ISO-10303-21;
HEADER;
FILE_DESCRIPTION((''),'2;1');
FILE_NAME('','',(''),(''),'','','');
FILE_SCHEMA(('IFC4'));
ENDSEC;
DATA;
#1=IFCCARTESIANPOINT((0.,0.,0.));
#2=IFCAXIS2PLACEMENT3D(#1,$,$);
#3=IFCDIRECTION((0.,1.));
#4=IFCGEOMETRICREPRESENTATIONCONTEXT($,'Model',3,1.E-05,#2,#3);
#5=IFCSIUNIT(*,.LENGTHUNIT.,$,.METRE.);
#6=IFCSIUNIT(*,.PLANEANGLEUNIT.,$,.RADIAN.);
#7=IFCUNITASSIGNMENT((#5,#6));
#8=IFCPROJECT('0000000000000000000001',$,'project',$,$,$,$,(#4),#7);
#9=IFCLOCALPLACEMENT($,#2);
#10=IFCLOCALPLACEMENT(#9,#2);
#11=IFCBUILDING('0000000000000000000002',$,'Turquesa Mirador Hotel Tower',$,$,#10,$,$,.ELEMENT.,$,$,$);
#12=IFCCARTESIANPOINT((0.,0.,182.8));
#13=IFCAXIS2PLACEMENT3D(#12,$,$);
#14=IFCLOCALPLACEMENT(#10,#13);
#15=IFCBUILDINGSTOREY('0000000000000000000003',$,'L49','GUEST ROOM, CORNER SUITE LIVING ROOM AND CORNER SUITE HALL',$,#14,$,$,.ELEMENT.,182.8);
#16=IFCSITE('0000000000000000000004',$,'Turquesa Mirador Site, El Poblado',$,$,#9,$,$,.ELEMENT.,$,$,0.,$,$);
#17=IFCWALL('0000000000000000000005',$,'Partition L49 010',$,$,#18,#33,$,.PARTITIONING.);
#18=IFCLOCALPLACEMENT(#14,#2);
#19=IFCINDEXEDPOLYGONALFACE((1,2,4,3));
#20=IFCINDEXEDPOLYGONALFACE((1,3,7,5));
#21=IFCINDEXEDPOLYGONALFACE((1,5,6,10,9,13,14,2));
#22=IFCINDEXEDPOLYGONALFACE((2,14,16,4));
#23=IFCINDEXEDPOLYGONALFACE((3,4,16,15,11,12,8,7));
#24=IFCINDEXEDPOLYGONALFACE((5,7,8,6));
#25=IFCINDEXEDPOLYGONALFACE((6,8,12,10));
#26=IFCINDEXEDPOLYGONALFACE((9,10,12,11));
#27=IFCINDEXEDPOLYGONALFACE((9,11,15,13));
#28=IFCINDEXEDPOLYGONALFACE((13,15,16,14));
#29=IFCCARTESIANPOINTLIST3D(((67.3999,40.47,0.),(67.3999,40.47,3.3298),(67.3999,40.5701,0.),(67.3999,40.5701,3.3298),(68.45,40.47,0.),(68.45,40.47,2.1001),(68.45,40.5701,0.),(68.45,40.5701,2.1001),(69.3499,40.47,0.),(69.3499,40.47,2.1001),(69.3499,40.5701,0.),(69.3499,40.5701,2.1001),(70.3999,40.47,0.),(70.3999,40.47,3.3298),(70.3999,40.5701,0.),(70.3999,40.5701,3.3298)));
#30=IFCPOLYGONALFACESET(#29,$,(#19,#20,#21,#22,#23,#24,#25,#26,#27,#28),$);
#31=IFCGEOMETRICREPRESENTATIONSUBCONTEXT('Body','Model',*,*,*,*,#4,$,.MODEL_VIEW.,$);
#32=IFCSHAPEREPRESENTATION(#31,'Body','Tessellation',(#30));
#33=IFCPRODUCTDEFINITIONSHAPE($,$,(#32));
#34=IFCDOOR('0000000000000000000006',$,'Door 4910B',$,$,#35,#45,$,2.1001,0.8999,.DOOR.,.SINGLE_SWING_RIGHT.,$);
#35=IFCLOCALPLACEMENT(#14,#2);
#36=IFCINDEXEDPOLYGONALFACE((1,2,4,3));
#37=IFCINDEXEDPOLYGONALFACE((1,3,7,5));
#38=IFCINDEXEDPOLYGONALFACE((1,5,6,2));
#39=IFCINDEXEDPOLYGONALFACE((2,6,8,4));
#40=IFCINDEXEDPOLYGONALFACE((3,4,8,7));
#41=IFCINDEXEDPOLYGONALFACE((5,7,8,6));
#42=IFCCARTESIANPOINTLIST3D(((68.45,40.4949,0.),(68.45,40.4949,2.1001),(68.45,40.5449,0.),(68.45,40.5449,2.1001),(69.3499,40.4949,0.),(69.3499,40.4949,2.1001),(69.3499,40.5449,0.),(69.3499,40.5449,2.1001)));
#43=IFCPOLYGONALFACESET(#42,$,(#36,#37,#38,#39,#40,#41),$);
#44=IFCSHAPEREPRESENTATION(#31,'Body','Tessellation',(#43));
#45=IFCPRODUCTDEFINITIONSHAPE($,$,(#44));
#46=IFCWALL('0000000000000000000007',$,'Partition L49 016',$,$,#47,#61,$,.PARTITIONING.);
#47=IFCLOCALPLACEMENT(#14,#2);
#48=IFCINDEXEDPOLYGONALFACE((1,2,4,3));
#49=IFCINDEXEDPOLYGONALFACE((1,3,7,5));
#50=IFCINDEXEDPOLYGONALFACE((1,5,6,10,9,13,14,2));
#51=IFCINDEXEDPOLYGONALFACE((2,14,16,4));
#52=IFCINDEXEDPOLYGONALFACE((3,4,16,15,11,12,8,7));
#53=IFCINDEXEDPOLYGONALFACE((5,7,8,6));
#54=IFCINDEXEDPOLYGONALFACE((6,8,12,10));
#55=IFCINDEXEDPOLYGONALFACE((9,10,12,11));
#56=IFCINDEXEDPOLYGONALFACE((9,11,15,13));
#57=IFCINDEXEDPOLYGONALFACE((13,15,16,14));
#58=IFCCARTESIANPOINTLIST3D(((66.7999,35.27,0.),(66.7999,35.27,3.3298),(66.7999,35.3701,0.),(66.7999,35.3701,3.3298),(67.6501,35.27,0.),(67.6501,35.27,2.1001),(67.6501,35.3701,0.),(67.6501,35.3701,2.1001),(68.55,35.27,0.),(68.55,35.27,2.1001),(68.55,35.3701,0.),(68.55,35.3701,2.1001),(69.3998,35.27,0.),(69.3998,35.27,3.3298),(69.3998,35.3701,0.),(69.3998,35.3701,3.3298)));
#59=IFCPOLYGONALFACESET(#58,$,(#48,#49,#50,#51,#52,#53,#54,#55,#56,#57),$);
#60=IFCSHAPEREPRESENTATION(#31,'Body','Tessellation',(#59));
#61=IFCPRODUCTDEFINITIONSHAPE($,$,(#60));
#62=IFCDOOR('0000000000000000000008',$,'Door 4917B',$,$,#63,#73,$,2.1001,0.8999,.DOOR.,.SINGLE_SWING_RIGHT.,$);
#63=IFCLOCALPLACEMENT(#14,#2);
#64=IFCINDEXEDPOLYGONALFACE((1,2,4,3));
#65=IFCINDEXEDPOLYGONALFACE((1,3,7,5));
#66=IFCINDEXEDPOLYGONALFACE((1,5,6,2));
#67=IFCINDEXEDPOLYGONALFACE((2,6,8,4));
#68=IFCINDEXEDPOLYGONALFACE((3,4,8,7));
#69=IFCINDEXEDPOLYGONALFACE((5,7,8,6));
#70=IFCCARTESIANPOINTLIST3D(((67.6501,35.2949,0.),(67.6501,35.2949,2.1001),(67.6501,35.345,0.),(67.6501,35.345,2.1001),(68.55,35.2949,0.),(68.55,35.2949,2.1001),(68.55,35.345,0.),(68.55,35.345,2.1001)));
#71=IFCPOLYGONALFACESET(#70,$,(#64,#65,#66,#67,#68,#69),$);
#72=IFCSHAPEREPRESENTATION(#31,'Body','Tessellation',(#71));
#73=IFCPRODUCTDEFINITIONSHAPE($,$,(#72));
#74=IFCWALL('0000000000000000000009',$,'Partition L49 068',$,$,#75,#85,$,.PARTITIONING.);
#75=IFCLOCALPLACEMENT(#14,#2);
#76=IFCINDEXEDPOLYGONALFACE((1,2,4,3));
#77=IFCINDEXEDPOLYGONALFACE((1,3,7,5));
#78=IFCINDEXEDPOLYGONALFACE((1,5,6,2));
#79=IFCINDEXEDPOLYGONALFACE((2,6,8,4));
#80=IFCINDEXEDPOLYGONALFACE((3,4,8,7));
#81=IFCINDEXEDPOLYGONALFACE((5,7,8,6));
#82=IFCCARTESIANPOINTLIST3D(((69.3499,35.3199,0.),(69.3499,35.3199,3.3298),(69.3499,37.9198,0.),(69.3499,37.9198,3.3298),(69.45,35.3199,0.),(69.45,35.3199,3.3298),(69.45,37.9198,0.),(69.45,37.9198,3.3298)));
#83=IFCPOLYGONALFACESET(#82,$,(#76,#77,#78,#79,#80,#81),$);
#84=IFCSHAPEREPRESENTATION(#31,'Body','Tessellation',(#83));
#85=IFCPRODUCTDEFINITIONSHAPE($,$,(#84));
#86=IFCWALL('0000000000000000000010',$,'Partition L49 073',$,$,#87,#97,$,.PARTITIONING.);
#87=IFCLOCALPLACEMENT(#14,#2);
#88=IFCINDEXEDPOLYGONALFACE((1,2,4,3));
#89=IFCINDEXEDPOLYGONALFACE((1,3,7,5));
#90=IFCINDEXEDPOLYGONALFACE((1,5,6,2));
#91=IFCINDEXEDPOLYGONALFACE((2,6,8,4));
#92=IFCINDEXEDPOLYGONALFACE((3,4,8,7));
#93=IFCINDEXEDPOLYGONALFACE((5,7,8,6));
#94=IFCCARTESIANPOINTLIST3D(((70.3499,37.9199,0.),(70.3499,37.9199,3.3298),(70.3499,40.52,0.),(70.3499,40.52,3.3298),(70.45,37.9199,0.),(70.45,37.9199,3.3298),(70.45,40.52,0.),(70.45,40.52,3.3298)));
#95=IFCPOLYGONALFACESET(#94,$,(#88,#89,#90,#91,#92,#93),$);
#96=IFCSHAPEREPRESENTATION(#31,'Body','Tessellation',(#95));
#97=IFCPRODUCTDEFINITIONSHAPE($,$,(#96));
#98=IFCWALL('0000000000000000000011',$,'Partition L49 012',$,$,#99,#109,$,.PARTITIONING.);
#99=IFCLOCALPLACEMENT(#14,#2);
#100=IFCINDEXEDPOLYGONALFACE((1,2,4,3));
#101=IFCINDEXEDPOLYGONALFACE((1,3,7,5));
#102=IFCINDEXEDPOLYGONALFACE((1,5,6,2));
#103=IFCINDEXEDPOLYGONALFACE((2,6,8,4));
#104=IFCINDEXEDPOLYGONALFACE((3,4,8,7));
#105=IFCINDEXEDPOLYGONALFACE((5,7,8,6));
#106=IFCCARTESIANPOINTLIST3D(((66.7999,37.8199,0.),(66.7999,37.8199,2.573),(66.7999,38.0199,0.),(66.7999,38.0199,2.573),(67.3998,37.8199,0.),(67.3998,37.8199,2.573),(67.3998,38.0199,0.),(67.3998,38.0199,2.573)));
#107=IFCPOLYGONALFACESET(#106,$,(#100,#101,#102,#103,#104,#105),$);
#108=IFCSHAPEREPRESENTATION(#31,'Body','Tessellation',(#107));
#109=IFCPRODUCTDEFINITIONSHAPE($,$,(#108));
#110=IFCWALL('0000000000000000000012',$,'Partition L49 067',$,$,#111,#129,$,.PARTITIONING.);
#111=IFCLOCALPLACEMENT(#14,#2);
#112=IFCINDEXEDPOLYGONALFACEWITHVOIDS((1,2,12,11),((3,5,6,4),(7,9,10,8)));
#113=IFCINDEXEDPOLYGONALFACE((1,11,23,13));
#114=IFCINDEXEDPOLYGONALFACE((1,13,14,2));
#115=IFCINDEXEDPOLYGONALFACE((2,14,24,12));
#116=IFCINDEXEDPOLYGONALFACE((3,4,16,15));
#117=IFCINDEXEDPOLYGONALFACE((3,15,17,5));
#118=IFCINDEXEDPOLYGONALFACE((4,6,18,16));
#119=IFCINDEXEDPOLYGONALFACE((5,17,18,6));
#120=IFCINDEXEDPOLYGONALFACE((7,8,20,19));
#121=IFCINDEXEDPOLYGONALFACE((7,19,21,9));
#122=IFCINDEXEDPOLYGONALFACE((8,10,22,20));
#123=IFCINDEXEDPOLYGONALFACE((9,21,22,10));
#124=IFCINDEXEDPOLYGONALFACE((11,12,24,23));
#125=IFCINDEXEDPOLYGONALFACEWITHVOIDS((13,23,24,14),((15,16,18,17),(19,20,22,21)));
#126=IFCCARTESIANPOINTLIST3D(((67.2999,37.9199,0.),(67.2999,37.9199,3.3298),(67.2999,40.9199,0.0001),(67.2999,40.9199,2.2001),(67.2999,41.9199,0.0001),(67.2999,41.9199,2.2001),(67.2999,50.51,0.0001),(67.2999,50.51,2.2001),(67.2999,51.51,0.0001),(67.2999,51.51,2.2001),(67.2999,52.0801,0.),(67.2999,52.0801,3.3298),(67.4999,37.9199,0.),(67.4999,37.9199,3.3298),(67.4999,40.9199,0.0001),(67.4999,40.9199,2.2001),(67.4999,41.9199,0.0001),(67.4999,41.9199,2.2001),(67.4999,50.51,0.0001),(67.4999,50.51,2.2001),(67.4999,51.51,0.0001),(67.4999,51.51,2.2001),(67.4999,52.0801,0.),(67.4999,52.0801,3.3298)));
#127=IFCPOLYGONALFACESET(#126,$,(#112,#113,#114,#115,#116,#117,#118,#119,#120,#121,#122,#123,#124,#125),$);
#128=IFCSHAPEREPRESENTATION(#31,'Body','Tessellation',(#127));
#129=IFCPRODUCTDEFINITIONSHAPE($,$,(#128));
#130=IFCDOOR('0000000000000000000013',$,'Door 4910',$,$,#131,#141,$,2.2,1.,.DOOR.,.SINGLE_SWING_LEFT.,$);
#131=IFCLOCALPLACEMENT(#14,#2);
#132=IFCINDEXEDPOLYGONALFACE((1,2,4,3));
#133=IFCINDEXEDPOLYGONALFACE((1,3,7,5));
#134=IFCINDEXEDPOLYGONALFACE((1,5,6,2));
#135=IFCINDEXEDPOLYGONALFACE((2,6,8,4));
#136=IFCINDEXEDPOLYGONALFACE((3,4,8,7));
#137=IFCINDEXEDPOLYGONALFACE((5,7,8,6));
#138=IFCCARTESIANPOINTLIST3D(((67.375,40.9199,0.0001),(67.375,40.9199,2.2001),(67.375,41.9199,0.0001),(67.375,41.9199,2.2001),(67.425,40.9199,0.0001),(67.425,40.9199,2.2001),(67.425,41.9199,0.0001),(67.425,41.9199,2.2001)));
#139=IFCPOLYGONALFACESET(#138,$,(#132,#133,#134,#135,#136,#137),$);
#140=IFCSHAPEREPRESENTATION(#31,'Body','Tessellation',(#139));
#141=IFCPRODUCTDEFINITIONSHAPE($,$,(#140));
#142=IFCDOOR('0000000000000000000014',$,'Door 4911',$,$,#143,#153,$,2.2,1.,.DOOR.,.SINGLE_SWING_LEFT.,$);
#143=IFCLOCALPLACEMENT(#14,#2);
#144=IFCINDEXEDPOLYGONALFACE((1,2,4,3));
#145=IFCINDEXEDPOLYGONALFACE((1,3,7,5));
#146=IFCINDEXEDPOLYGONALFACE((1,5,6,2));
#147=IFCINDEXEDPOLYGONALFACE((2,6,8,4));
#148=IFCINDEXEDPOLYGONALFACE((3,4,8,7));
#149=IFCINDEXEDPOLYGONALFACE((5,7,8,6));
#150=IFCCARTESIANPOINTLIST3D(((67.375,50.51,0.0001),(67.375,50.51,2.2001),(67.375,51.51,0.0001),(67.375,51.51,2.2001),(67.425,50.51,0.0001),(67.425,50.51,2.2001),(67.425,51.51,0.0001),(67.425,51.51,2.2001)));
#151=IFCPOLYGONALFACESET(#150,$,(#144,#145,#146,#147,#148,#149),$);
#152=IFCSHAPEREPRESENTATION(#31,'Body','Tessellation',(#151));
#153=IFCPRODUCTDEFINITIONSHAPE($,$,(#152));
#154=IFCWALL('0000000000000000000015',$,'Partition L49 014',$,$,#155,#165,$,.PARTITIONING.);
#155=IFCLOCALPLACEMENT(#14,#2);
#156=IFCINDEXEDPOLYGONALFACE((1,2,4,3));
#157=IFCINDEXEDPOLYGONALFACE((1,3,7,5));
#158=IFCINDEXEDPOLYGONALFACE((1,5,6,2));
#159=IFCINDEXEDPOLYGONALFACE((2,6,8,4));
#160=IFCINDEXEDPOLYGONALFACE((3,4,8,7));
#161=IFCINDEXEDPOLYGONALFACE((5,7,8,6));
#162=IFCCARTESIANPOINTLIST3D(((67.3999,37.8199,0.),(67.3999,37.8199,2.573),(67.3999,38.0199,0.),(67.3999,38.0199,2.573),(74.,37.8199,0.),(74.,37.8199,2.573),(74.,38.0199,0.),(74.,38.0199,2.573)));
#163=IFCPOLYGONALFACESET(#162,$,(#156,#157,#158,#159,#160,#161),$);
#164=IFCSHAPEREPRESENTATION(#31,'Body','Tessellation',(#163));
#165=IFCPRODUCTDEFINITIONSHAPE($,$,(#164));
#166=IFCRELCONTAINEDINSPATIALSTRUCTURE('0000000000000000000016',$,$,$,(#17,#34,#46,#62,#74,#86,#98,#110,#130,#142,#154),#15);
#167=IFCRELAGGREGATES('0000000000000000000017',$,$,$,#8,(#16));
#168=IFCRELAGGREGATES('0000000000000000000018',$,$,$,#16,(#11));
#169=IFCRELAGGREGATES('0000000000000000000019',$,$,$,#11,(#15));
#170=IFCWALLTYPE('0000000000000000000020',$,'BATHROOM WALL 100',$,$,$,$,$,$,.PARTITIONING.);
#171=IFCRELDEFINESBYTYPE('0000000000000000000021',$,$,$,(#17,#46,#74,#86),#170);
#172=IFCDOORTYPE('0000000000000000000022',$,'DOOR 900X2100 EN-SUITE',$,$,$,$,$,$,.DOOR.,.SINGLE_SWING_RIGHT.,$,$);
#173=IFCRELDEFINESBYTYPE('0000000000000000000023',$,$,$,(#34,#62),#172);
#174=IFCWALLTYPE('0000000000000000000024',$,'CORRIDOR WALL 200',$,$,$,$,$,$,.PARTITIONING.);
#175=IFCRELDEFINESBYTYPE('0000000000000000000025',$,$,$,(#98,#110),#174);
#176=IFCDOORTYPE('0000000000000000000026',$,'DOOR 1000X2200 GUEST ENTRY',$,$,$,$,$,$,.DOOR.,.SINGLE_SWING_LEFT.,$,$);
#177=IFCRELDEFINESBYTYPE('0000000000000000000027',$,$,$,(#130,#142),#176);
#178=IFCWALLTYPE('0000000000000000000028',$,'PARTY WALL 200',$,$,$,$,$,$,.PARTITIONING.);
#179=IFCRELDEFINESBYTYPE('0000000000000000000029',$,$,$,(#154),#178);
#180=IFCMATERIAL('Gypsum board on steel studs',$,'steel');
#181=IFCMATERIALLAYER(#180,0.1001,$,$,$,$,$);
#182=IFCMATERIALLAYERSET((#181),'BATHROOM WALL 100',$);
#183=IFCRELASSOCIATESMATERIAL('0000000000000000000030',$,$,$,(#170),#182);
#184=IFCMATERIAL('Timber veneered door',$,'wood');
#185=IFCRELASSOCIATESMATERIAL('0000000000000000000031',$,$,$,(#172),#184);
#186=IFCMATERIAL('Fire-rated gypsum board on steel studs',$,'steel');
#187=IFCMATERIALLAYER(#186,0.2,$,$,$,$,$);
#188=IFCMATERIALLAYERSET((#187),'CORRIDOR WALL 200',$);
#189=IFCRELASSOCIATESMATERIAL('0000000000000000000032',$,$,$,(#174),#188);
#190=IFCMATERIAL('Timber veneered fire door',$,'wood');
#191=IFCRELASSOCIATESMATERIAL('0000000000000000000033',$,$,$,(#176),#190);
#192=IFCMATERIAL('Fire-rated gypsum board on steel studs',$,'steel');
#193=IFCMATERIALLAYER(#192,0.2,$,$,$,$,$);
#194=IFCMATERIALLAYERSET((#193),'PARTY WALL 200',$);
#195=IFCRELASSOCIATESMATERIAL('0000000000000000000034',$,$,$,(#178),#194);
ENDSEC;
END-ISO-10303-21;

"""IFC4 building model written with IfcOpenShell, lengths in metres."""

from ifc_helpers import new_model, si_unit, direction, frame, frame_2d, origin, place, context, subcontext, project, spatial, rectangle, extrude, material, layer, layer_set, type_object, element, fill, save


model = new_model("IFC4")

# Units and contexts
model_context = context("Model", 3, precision=1e-05, world=origin(), true_north=direction((0.0, 1.0)))
body_context = subcontext(model_context, "Body", "Model", "MODEL_VIEW")
ifc_project = project(units=[si_unit("LENGTHUNIT", "METRE"), si_unit("PLANEANGLEUNIT", "RADIAN")], contexts=[model_context])

# Site, building, storey
site_placement = place(None, origin())
site = spatial("IfcSite", under=ifc_project, at=site_placement, Name="Turquesa Mirador Site, El Poblado", CompositionType="ELEMENT", RefElevation=0.0)
building_placement = place(site_placement, origin())
building = spatial("IfcBuilding", under=site, at=building_placement, Name="Turquesa Mirador Hotel Tower", CompositionType="ELEMENT")
storey_placement = place(building_placement, frame((0.0, 0.0, 182.8)))
storey = spatial("IfcBuildingStorey", under=building, at=storey_placement, Name="L49", Description="GUEST ROOM, CORNER SUITE LIVING ROOM AND CORNER SUITE HALL", CompositionType="ELEMENT", Elevation=182.8)

# Walls, openings, doors
ifc_material_1 = material(Name="Gypsum board on steel studs", Category="steel")
ifc_layer_1 = layer(ifc_material_1, 0.1001)
ifc_layer_set_1 = layer_set([ifc_layer_1], Name="BATHROOM WALL 100")
wall_type_1 = type_object("IfcWallType", Name="BATHROOM WALL 100", PredefinedType="PARTITIONING", material=ifc_layer_set_1)
wall_1_placement = place(storey_placement, frame((67.3999, 40.52, 0.0), z_axis=(0.0, 0.0, 1.0), x_axis=(1.0, 0.0, 0.0)))
wall_1 = element("IfcWall", 1, at=wall_1_placement, inside=storey, type_object=wall_type_1, Name="Partition L49 010", PredefinedType="PARTITIONING", context=body_context, shape_type="SweptSolid", body=[
    extrude(rectangle(XDim=3.0, YDim=0.1001, at=frame_2d((1.5, 0.0))), origin(), (0.0, 0.0, 1.0), 3.3298),
])
opening_1_placement = place(wall_1_placement, frame((1.05, 0.0, 0.0)))
opening_1 = element("IfcOpeningElement", 2, at=opening_1_placement, cuts=wall_1, PredefinedType="OPENING", context=body_context, shape_type="SweptSolid", body=[
    extrude(rectangle(XDim=0.8999, YDim=2.1001, at=frame_2d((0.45, 1.05))), frame((0.0, 0.0601, 0.0), z_axis=(0.0, -1.0, 0.0), x_axis=(1.0, 0.0, 0.0)), (0.0, 0.0, 1.0), 0.1201),
])
ifc_material_2 = material(Name="Timber veneered door", Category="wood")
door_type_1 = type_object("IfcDoorType", Name="DOOR 900X2100 EN-SUITE", OperationType="SINGLE_SWING_RIGHT", PredefinedType="DOOR", material=ifc_material_2)
door_1_placement = place(opening_1_placement, origin())
door_1 = element("IfcDoor", 3, at=door_1_placement, inside=storey, type_object=door_type_1, Name="Door 4910B", OperationType="SINGLE_SWING_RIGHT", OverallHeight=2.1001, OverallWidth=0.8999, PredefinedType="DOOR", context=body_context, shape_type="SweptSolid", body=[
    extrude(rectangle(XDim=0.8999, YDim=2.1001, at=frame_2d((0.45, 1.05))), frame((0.0, 0.0249, 0.0), z_axis=(0.0, -1.0, 0.0), x_axis=(1.0, 0.0, 0.0)), (0.0, 0.0, 1.0), 0.05),
])
fill(opening_1, door_1)
wall_2_placement = place(storey_placement, frame((66.8, 35.3201, 0.0), z_axis=(0.0, 0.0, 1.0), x_axis=(1.0, 0.0, 0.0)))
wall_2 = element("IfcWall", 4, at=wall_2_placement, inside=storey, type_object=wall_type_1, Name="Partition L49 016", PredefinedType="PARTITIONING", context=body_context, shape_type="SweptSolid", body=[
    extrude(rectangle(XDim=2.5999, YDim=0.1001, at=frame_2d((1.2998, 0.0))), origin(), (0.0, 0.0, 1.0), 3.3298),
])
opening_2_placement = place(wall_2_placement, frame((0.8501, 0.0, 0.0)))
opening_2 = element("IfcOpeningElement", 5, at=opening_2_placement, cuts=wall_2, PredefinedType="OPENING", context=body_context, shape_type="SweptSolid", body=[
    extrude(rectangle(XDim=0.8999, YDim=2.1001, at=frame_2d((0.45, 1.05))), frame((0.0, 0.0601, 0.0), z_axis=(0.0, -1.0, 0.0), x_axis=(1.0, 0.0, 0.0)), (0.0, 0.0, 1.0), 0.1201),
])
door_2_placement = place(opening_2_placement, origin())
door_2 = element("IfcDoor", 6, at=door_2_placement, inside=storey, type_object=door_type_1, Name="Door 4917B", OperationType="SINGLE_SWING_RIGHT", OverallHeight=2.1001, OverallWidth=0.8999, PredefinedType="DOOR", context=body_context, shape_type="SweptSolid", body=[
    extrude(rectangle(XDim=0.8999, YDim=2.1001, at=frame_2d((0.45, 1.05))), frame((0.0, 0.0249, 0.0), z_axis=(0.0, -1.0, 0.0), x_axis=(1.0, 0.0, 0.0)), (0.0, 0.0, 1.0), 0.05),
])
fill(opening_2, door_2)

# Walls
wall_3_placement = place(storey_placement, frame((69.3999, 35.3201, 0.0), z_axis=(0.0, 0.0, 1.0), x_axis=(0.0, 1.0, 0.0)))
element("IfcWall", 7, at=wall_3_placement, inside=storey, type_object=wall_type_1, Name="Partition L49 068", PredefinedType="PARTITIONING", context=body_context, shape_type="SweptSolid", body=[
    extrude(rectangle(XDim=2.5999, YDim=0.1001, at=frame_2d((1.2998, 0.0))), origin(), (0.0, 0.0, 1.0), 3.3298),
])
wall_4_placement = place(storey_placement, frame((70.3999, 37.9199, 0.0), z_axis=(0.0, 0.0, 1.0), x_axis=(0.0, 1.0, 0.0)))
element("IfcWall", 8, at=wall_4_placement, inside=storey, type_object=wall_type_1, Name="Partition L49 073", PredefinedType="PARTITIONING", context=body_context, shape_type="SweptSolid", body=[
    extrude(rectangle(XDim=2.6001, YDim=0.1001, at=frame_2d((1.3, 0.0))), origin(), (0.0, 0.0, 1.0), 3.3298),
])
ifc_material_3 = material(Name="Fire-rated gypsum board on steel studs", Category="steel")
ifc_layer_2 = layer(ifc_material_3, 0.2)
ifc_layer_set_2 = layer_set([ifc_layer_2], Name="CORRIDOR WALL 200")
wall_type_2 = type_object("IfcWallType", Name="CORRIDOR WALL 200", PredefinedType="PARTITIONING", material=ifc_layer_set_2)
wall_5_placement = place(storey_placement, frame((66.8, 37.9199, 0.0), z_axis=(0.0, 0.0, 1.0), x_axis=(1.0, 0.0, 0.0)))
element("IfcWall", 9, at=wall_5_placement, inside=storey, type_object=wall_type_2, Name="Partition L49 012", PredefinedType="PARTITIONING", context=body_context, shape_type="SweptSolid", body=[
    extrude(rectangle(XDim=0.5999, YDim=0.2, at=frame_2d((0.2998, 0.0))), origin(), (0.0, 0.0, 1.0), 2.573),
])

# Wall, openings, doors
wall_6_placement = place(storey_placement, frame((67.3999, 37.9199, 0.0), z_axis=(0.0, 0.0, 1.0), x_axis=(0.0, 1.0, 0.0)))
wall_6 = element("IfcWall", 10, at=wall_6_placement, inside=storey, type_object=wall_type_2, Name="Partition L49 067", PredefinedType="PARTITIONING", context=body_context, shape_type="SweptSolid", body=[
    extrude(rectangle(XDim=14.1602, YDim=0.2, at=frame_2d((7.0801, 0.0))), origin(), (0.0, 0.0, 1.0), 3.3298),
])
opening_3_placement = place(wall_6_placement, frame((3.0, 0.0, 0.0)))
opening_3 = element("IfcOpeningElement", 11, at=opening_3_placement, cuts=wall_6, PredefinedType="OPENING", context=body_context, shape_type="SweptSolid", body=[
    extrude(rectangle(XDim=1.0, YDim=2.2, at=frame_2d((0.5, 1.1001))), frame((0.0, 0.1099, 0.0), z_axis=(0.0, -1.0, 0.0), x_axis=(1.0, 0.0, 0.0)), (0.0, 0.0, 1.0), 0.22),
])
opening_4_placement = place(wall_6_placement, frame((12.5901, 0.0, 0.0)))
opening_4 = element("IfcOpeningElement", 12, at=opening_4_placement, cuts=wall_6, PredefinedType="OPENING", context=body_context, shape_type="SweptSolid", body=[
    extrude(rectangle(XDim=1.0, YDim=2.2, at=frame_2d((0.5, 1.1001))), frame((0.0, 0.1099, 0.0), z_axis=(0.0, -1.0, 0.0), x_axis=(1.0, 0.0, 0.0)), (0.0, 0.0, 1.0), 0.22),
])
ifc_material_4 = material(Name="Timber veneered fire door", Category="wood")
door_type_2 = type_object("IfcDoorType", Name="DOOR 1000X2200 GUEST ENTRY", OperationType="SINGLE_SWING_LEFT", PredefinedType="DOOR", material=ifc_material_4)
door_3_placement = place(opening_3_placement, origin())
door_3 = element("IfcDoor", 13, at=door_3_placement, inside=storey, type_object=door_type_2, Name="Door 4910", OperationType="SINGLE_SWING_LEFT", OverallHeight=2.2, OverallWidth=1.0, PredefinedType="DOOR", context=body_context, shape_type="SweptSolid", body=[
    extrude(rectangle(XDim=1.0, YDim=2.2, at=frame_2d((0.5, 1.1001))), frame((0.0, 0.0249, 0.0), z_axis=(0.0, -1.0, 0.0), x_axis=(1.0, 0.0, 0.0)), (0.0, 0.0, 1.0), 0.05),
])
fill(opening_3, door_3)
door_4_placement = place(opening_4_placement, origin())
door_4 = element("IfcDoor", 14, at=door_4_placement, inside=storey, type_object=door_type_2, Name="Door 4911", OperationType="SINGLE_SWING_LEFT", OverallHeight=2.2, OverallWidth=1.0, PredefinedType="DOOR", context=body_context, shape_type="SweptSolid", body=[
    extrude(rectangle(XDim=1.0, YDim=2.2, at=frame_2d((0.5, 1.1001))), frame((0.0, 0.0249, 0.0), z_axis=(0.0, -1.0, 0.0), x_axis=(1.0, 0.0, 0.0)), (0.0, 0.0, 1.0), 0.05),
])
fill(opening_4, door_4)

# Wall
ifc_material_5 = material(Name="Fire-rated gypsum board on steel studs", Category="steel")
ifc_layer_3 = layer(ifc_material_5, 0.2)
ifc_layer_set_3 = layer_set([ifc_layer_3], Name="PARTY WALL 200")
wall_type_3 = type_object("IfcWallType", Name="PARTY WALL 200", PredefinedType="PARTITIONING", material=ifc_layer_set_3)
wall_7_placement = place(storey_placement, frame((67.3999, 37.9199, 0.0), z_axis=(0.0, 0.0, 1.0), x_axis=(1.0, 0.0, 0.0)))
element("IfcWall", 15, at=wall_7_placement, inside=storey, type_object=wall_type_3, Name="Partition L49 014", PredefinedType="PARTITIONING", context=body_context, shape_type="SweptSolid", body=[
    extrude(rectangle(XDim=6.6001, YDim=0.2, at=frame_2d((3.3, 0.0))), origin(), (0.0, 0.0, 1.0), 2.573),
])

save(model, "model.ifc")
